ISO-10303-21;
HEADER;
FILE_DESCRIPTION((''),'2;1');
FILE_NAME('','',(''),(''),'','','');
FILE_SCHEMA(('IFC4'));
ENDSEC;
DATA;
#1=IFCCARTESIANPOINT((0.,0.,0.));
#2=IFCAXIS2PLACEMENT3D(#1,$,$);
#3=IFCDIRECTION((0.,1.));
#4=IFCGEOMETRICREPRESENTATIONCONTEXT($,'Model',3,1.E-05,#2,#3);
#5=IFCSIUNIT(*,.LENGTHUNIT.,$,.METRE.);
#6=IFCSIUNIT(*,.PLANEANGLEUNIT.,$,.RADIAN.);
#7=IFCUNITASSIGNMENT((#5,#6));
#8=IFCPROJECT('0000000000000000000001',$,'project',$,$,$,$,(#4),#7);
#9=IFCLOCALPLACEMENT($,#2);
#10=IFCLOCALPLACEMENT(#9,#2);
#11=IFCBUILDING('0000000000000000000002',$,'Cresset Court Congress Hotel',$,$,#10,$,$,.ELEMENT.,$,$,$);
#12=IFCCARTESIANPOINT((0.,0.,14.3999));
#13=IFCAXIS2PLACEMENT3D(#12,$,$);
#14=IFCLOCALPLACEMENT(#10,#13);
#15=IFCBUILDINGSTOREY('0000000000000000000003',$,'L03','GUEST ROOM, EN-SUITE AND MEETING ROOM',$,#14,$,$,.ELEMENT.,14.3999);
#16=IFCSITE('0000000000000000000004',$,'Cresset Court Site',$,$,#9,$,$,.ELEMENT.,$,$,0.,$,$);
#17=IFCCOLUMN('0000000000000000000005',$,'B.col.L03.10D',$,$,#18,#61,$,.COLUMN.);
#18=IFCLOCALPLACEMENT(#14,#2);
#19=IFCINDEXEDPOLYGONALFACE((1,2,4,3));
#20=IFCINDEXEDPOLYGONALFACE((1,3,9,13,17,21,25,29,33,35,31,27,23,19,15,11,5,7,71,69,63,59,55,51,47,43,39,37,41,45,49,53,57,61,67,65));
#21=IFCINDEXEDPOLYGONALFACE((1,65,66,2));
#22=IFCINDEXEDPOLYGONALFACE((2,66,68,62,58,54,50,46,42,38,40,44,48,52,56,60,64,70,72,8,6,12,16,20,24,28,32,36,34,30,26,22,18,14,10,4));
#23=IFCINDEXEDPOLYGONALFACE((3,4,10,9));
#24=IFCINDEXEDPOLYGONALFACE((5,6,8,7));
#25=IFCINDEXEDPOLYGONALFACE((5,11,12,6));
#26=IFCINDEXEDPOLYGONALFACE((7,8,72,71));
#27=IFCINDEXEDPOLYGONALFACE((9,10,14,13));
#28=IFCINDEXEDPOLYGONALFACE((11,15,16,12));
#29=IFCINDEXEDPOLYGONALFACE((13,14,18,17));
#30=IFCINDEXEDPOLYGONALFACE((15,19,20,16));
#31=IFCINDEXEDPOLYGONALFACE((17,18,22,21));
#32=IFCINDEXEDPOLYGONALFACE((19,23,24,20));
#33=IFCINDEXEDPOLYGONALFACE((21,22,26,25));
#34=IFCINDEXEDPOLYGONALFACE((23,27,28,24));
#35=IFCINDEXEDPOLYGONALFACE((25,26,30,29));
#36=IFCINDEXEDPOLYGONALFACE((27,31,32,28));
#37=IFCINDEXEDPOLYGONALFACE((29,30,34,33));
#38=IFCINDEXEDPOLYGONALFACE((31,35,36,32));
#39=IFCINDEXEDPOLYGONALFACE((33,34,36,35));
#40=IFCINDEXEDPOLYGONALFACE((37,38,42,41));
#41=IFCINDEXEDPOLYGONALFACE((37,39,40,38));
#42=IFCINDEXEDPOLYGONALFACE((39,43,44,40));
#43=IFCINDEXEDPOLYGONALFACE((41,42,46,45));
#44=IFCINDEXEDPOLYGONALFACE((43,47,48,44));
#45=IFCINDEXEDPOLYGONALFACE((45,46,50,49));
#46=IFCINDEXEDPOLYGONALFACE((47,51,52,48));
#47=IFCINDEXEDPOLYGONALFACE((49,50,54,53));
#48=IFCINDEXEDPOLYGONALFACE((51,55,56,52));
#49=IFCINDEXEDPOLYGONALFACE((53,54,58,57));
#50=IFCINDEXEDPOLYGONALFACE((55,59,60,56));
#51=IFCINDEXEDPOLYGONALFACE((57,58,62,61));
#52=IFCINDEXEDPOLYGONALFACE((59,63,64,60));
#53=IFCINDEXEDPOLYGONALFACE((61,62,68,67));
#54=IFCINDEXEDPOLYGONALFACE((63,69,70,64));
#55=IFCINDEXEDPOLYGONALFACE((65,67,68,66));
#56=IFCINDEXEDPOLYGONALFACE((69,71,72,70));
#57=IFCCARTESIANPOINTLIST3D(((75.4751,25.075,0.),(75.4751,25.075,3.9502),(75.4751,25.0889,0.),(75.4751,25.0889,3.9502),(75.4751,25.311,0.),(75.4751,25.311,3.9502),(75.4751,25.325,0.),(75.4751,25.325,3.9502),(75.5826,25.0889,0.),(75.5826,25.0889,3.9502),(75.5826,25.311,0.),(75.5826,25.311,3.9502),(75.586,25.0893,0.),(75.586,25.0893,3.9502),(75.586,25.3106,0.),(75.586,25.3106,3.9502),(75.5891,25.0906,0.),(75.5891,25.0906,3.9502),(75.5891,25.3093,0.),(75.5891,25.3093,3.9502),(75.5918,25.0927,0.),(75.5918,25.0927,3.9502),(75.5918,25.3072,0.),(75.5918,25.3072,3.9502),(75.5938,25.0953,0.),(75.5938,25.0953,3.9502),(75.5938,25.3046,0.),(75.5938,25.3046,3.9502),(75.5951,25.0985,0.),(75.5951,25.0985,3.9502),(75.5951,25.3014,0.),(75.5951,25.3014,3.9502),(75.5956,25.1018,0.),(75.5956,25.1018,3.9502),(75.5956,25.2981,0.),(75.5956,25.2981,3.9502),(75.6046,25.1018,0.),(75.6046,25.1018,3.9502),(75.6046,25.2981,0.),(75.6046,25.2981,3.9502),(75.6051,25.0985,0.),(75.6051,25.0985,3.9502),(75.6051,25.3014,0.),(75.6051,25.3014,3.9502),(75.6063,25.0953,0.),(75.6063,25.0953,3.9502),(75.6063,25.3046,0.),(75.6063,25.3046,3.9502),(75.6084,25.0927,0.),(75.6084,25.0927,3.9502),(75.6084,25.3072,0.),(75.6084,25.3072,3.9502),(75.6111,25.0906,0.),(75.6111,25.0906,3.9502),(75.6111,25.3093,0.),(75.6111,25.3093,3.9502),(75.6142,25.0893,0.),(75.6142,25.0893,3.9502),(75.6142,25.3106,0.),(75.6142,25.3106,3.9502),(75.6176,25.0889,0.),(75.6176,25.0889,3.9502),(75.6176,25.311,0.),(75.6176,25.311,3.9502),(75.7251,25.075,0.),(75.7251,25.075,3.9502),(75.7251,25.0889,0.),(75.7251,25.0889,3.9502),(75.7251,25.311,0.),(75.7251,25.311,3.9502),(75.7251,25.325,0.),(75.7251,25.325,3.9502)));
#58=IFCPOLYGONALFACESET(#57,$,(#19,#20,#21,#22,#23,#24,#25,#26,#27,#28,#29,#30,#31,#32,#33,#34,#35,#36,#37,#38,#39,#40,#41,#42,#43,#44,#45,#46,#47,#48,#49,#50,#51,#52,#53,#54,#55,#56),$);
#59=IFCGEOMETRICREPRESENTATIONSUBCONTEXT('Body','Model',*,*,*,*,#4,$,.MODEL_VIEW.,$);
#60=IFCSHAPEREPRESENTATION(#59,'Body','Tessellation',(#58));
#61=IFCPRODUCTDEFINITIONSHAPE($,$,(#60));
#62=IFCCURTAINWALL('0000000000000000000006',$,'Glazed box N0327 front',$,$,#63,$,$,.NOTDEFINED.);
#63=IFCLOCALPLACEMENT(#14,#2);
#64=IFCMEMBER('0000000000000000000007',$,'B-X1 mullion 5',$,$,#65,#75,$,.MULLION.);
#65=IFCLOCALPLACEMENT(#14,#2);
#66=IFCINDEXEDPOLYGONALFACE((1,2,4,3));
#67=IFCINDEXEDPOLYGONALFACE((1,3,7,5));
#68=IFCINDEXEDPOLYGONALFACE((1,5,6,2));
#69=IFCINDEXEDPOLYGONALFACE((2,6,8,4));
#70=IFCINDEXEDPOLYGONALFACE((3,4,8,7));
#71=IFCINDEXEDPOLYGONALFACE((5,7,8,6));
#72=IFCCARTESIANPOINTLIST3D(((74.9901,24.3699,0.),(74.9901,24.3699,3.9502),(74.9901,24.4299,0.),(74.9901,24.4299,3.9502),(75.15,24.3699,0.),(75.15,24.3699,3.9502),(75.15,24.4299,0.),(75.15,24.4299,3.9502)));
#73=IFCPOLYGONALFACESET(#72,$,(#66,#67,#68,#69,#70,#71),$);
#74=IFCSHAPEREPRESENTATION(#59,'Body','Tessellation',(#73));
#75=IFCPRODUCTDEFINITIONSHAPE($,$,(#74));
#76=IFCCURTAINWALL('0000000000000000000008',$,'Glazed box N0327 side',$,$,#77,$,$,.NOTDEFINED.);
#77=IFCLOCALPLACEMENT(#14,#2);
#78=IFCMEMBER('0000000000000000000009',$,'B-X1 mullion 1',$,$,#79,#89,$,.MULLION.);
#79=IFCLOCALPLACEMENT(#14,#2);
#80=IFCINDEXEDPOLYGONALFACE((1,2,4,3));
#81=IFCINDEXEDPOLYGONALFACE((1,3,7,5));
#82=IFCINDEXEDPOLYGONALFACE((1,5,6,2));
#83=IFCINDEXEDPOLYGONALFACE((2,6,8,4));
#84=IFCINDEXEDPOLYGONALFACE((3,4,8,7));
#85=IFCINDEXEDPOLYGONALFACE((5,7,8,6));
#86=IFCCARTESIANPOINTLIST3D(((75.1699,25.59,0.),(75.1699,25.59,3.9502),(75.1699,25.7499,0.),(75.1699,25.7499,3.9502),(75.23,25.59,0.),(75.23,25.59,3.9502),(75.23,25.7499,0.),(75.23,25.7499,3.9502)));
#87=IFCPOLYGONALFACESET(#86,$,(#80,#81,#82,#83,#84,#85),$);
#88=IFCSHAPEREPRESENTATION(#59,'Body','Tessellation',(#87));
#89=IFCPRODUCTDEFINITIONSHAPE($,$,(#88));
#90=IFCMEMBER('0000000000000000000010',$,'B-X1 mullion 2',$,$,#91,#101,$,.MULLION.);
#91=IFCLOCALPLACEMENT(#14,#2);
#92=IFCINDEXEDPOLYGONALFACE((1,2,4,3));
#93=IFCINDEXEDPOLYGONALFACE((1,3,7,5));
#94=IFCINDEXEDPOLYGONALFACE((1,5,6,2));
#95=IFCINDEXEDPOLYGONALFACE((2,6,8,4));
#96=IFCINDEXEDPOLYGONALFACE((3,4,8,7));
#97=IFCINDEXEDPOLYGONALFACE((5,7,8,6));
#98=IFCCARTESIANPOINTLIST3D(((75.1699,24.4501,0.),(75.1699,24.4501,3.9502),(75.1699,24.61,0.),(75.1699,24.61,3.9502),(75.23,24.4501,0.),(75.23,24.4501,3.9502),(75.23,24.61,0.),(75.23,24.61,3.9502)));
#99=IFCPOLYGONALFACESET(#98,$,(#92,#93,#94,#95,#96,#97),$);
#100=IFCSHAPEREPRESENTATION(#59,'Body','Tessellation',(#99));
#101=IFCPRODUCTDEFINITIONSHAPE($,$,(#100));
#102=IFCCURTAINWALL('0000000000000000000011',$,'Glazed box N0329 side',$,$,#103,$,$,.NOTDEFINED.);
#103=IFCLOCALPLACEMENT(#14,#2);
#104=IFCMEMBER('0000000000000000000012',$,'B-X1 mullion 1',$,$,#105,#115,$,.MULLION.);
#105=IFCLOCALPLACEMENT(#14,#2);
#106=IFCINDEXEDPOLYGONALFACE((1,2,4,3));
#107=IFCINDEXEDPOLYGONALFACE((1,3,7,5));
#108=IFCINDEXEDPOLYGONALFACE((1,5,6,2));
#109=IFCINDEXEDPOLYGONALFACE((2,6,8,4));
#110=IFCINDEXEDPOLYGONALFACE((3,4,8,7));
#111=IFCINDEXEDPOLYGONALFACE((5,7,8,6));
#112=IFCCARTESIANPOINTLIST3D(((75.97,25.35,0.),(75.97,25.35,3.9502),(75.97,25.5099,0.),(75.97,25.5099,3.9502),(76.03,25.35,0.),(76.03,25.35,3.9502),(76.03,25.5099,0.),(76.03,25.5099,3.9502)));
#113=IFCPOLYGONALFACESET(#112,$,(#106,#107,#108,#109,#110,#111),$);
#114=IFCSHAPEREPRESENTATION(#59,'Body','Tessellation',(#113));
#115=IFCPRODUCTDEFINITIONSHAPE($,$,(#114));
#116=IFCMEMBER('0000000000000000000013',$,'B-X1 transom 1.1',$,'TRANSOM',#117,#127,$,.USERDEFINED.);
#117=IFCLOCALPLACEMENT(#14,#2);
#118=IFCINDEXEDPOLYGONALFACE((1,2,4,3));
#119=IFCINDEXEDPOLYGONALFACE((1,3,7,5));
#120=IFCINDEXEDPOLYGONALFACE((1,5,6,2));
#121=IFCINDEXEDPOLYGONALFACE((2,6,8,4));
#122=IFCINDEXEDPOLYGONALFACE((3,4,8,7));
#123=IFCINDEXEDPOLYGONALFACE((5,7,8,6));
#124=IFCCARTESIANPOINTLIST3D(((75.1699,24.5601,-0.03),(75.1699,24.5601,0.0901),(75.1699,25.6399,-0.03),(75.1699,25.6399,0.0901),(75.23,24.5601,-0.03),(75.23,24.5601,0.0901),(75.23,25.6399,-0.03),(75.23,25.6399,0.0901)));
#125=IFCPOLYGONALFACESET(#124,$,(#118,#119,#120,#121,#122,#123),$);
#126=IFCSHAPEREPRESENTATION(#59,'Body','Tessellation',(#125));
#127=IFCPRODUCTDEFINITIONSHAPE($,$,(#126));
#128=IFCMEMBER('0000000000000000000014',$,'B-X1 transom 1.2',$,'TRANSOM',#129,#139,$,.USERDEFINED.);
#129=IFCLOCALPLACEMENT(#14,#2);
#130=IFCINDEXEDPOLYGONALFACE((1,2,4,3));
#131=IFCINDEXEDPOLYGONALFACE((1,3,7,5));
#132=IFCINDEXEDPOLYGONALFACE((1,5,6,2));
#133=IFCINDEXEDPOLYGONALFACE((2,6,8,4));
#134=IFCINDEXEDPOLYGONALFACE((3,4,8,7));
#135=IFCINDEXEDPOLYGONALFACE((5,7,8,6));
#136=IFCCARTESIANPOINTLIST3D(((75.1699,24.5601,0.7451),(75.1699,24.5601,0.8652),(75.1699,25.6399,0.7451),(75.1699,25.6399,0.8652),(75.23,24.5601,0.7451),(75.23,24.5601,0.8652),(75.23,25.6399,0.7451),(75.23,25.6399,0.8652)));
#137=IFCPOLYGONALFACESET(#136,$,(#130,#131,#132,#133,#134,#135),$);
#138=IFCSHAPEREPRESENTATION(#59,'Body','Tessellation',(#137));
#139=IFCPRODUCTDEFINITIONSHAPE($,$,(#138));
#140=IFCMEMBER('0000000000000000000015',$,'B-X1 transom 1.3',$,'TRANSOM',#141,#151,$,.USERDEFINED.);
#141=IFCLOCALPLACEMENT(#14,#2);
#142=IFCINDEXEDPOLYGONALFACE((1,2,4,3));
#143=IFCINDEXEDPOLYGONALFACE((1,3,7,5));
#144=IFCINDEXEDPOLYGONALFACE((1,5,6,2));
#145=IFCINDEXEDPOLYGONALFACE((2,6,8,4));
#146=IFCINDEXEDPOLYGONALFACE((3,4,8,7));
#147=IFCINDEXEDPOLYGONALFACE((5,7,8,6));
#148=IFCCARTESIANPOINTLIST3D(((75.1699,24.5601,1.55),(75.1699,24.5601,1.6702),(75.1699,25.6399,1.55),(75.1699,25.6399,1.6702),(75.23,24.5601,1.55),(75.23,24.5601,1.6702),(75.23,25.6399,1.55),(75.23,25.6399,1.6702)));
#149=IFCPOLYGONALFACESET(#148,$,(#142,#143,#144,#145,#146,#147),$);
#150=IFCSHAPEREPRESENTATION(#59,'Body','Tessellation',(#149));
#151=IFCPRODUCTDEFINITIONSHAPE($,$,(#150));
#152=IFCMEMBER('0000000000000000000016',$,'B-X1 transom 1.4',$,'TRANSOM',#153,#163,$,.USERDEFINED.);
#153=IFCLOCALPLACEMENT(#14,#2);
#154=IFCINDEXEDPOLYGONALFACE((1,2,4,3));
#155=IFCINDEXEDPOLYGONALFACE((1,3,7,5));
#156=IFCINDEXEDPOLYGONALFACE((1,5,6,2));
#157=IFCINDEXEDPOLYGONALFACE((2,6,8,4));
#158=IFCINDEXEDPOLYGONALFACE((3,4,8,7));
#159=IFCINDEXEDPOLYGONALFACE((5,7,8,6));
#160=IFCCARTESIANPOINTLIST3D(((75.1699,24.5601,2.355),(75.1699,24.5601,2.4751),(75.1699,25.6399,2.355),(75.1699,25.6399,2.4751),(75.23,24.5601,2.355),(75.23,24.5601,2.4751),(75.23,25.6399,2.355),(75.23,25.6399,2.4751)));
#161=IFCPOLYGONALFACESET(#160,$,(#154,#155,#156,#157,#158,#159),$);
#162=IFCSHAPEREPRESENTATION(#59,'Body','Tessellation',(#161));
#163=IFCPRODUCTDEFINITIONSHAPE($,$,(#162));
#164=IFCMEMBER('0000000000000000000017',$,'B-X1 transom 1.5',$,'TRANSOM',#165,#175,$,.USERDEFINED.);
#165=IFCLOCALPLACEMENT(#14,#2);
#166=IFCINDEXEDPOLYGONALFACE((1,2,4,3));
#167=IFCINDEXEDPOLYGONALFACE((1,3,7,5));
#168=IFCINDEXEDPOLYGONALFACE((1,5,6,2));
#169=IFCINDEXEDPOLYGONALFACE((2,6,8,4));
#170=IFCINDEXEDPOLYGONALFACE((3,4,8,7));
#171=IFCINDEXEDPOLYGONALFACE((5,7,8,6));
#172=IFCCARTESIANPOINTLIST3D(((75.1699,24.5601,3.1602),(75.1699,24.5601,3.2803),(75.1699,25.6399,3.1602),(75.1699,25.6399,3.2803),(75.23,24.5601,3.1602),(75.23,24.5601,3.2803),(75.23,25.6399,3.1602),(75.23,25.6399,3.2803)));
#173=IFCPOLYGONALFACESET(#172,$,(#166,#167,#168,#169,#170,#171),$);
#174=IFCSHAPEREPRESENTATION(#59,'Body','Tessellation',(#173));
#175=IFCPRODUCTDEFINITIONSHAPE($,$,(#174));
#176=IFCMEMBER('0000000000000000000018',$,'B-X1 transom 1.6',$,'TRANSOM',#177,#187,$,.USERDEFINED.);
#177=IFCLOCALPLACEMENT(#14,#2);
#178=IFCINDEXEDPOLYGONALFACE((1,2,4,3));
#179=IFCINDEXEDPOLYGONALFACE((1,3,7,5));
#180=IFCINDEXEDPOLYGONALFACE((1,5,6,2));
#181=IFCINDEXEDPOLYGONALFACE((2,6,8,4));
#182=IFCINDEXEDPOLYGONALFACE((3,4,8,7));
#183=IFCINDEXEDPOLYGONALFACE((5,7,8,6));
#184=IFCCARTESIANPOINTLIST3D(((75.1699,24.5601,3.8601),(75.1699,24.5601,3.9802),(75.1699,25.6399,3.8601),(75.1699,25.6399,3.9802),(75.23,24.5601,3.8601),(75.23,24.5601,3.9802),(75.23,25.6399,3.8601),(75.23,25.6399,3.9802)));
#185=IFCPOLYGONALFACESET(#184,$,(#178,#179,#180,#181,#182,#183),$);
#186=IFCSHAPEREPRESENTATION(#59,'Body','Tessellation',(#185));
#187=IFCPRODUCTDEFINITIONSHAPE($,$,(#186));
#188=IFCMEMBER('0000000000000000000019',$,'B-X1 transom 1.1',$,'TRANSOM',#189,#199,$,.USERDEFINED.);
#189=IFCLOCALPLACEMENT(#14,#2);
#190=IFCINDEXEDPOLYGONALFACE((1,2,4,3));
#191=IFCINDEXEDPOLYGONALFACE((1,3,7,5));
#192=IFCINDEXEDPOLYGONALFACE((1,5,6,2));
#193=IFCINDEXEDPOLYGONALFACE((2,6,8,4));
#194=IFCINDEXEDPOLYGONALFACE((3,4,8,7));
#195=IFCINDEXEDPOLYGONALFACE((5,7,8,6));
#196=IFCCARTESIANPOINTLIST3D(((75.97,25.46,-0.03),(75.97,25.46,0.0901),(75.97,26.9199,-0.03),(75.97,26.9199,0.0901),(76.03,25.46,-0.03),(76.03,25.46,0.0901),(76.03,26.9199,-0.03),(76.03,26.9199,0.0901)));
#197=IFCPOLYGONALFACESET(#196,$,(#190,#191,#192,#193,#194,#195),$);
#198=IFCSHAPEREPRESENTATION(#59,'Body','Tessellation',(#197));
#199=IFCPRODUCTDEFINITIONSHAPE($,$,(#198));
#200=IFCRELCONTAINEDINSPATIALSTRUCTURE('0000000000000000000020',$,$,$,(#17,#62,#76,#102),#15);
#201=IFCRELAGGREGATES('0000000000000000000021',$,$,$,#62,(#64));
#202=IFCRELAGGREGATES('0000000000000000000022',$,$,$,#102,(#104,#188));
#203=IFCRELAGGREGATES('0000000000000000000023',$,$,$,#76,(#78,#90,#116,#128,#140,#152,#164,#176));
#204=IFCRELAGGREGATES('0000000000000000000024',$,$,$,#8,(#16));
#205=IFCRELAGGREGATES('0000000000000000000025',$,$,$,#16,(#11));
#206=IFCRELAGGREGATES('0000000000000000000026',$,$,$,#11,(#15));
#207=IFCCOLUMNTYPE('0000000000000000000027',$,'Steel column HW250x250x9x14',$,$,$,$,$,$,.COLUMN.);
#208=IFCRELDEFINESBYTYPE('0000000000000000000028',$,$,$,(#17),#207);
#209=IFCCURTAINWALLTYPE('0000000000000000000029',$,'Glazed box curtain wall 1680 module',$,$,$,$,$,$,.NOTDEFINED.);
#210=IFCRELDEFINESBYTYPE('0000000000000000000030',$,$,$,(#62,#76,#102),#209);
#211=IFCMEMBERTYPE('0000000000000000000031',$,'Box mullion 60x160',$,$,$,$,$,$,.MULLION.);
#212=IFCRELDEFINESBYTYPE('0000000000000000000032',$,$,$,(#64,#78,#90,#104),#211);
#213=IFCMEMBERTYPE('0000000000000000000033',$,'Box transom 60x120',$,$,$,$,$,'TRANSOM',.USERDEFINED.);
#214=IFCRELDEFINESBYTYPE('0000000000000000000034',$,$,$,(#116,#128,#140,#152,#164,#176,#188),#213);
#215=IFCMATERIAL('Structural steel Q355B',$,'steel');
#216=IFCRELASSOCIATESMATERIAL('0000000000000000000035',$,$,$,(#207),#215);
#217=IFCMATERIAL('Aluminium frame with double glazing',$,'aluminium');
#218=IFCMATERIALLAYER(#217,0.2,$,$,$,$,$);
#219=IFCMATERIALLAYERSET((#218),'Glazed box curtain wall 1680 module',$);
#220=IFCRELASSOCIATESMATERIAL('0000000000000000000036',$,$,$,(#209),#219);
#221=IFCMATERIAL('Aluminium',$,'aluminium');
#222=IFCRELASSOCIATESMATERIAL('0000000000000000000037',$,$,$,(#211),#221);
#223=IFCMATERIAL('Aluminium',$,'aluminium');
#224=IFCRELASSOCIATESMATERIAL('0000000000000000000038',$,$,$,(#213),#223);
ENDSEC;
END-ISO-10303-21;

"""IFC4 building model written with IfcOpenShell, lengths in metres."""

from ifc_helpers import new_model, si_unit, direction, frame, origin, origin_2d, place, context, subcontext, project, spatial, rectangle, i_section, extrude, material, layer, layer_set, material_profile, profile_set, type_object, element, aggregate, save


model = new_model("IFC4")

# Units and contexts
model_context = context("Model", 3, precision=1e-05, world=origin(), true_north=direction((0.0, 1.0)))
body_context = subcontext(model_context, "Body", "Model", "MODEL_VIEW")
ifc_project = project(units=[si_unit("LENGTHUNIT", "METRE"), si_unit("PLANEANGLEUNIT", "RADIAN")], contexts=[model_context])

# Site, building, storey
site_placement = place(None, origin())
site = spatial("IfcSite", under=ifc_project, at=site_placement, Name="Cresset Court Site", CompositionType="ELEMENT", RefElevation=0.0)
building_placement = place(site_placement, origin())
building = spatial("IfcBuilding", under=site, at=building_placement, Name="Cresset Court Congress Hotel", CompositionType="ELEMENT")
storey_placement = place(building_placement, frame((0.0, 0.0, 14.3999)))
storey = spatial("IfcBuildingStorey", under=building, at=storey_placement, Name="L03", Description="GUEST ROOM, EN-SUITE AND MEETING ROOM", CompositionType="ELEMENT", Elevation=14.3999)

# Column
ifc_material_1 = material(Name="Structural steel Q355B", Category="steel")
ifc_material_profile_1 = material_profile(ifc_material_1, i_section(OverallWidth=0.25, OverallDepth=0.25, WebThickness=0.009, FlangeThickness=0.0139, FilletRadius=0.0129, at=origin_2d()), Name="HW250x250x9x14")
ifc_profile_set_1 = profile_set([ifc_material_profile_1], Name="Structural steel Q355B")
column_type = type_object("IfcColumnType", Name="Steel column HW250x250x9x14", PredefinedType="COLUMN", material=ifc_profile_set_1)
column_placement = place(storey_placement, frame((75.6001, 25.2, 0.0), z_axis=(0.0, 0.0, 1.0), x_axis=(1.0, 0.0, 0.0)))
element("IfcColumn", 1, at=column_placement, inside=storey, type_object=column_type, Name="B.col.L03.10D", PredefinedType="COLUMN", context=body_context, shape_type="SweptSolid", body=[
    extrude(i_section(OverallWidth=0.25, OverallDepth=0.25, WebThickness=0.009, FlangeThickness=0.0139, FilletRadius=0.0129, at=origin_2d()), origin(), (0.0, 0.0, 1.0), 3.9502),
])

# Curtain wall, member
ifc_material_2 = material(Name="Aluminium frame with double glazing", Category="aluminium")
ifc_layer_1 = layer(ifc_material_2, 0.2)
ifc_layer_set_1 = layer_set([ifc_layer_1], Name="Glazed box curtain wall 1680 module")
curtain_wall_type = type_object("IfcCurtainWallType", Name="Glazed box curtain wall 1680 module", PredefinedType="NOTDEFINED", material=ifc_layer_set_1)
curtain_wall_1_placement = place(storey_placement, origin())
curtain_wall_1 = element("IfcCurtainWall", 2, at=curtain_wall_1_placement, inside=storey, type_object=curtain_wall_type, Name="Glazed box N0327 front", PredefinedType="NOTDEFINED")
ifc_material_3 = material(Name="Aluminium", Category="aluminium")
ifc_material_profile_2 = material_profile(ifc_material_3, rectangle(XDim=0.0601, YDim=0.1599, at=origin_2d()), Name="Box mullion 60x160")
ifc_profile_set_2 = profile_set([ifc_material_profile_2], Name="Aluminium")
member_type_1 = type_object("IfcMemberType", Name="Box mullion 60x160", PredefinedType="MULLION", material=ifc_profile_set_2)
member_1_placement = place(storey_placement, frame((75.0701, 24.3999, 0.0), z_axis=(0.0, 0.0, 1.0), x_axis=(0.0, 1.0, 0.0)))
member_1 = element("IfcMember", 3, at=member_1_placement, type_object=member_type_1, Name="B-X1 mullion 5", PredefinedType="MULLION", context=body_context, shape_type="SweptSolid", body=[
    extrude(rectangle(XDim=0.0601, YDim=0.1599, at=origin_2d()), origin(), (0.0, 0.0, 1.0), 3.9502),
])
aggregate(curtain_wall_1, [member_1])

# Curtain wall, members
curtain_wall_2_placement = place(storey_placement, origin())
curtain_wall_2 = element("IfcCurtainWall", 4, at=curtain_wall_2_placement, inside=storey, type_object=curtain_wall_type, Name="Glazed box N0327 side", PredefinedType="NOTDEFINED")
member_2_placement = place(storey_placement, frame((75.2, 25.6699, 0.0), z_axis=(0.0, 0.0, 1.0), x_axis=(1.0, 0.0, 0.0)))
member_2 = element("IfcMember", 5, at=member_2_placement, type_object=member_type_1, Name="B-X1 mullion 1", PredefinedType="MULLION", context=body_context, shape_type="SweptSolid", body=[
    extrude(rectangle(XDim=0.0601, YDim=0.1599, at=origin_2d()), origin(), (0.0, 0.0, 1.0), 3.9502),
])
member_3_placement = place(storey_placement, frame((75.2, 24.53, 0.0), z_axis=(0.0, 0.0, 1.0), x_axis=(1.0, 0.0, 0.0)))
member_3 = element("IfcMember", 6, at=member_3_placement, type_object=member_type_1, Name="B-X1 mullion 2", PredefinedType="MULLION", context=body_context, shape_type="SweptSolid", body=[
    extrude(rectangle(XDim=0.0601, YDim=0.1599, at=origin_2d()), origin(), (0.0, 0.0, 1.0), 3.9502),
])

# Curtain wall, member
curtain_wall_3_placement = place(storey_placement, origin())
curtain_wall_3 = element("IfcCurtainWall", 7, at=curtain_wall_3_placement, inside=storey, type_object=curtain_wall_type, Name="Glazed box N0329 side", PredefinedType="NOTDEFINED")
member_4_placement = place(storey_placement, frame((76.0, 25.4299, 0.0), z_axis=(0.0, 0.0, 1.0), x_axis=(-1.0, 0.0, 0.0)))
member_4 = element("IfcMember", 8, at=member_4_placement, type_object=member_type_1, Name="B-X1 mullion 1", PredefinedType="MULLION", context=body_context, shape_type="SweptSolid", body=[
    extrude(rectangle(XDim=0.0601, YDim=0.1599, at=origin_2d()), origin(), (0.0, 0.0, 1.0), 3.9502),
])

# Members
ifc_material_4 = material(Name="Aluminium", Category="aluminium")
ifc_material_profile_3 = material_profile(ifc_material_4, rectangle(XDim=0.0601, YDim=0.1201, at=origin_2d()), Name="Box transom 60x120")
ifc_profile_set_3 = profile_set([ifc_material_profile_3], Name="Aluminium")
member_type_2 = type_object("IfcMemberType", Name="Box transom 60x120", ElementType="TRANSOM", PredefinedType="USERDEFINED", material=ifc_profile_set_3)
member_5_placement = place(storey_placement, frame((75.2, 25.6399, 0.03), z_axis=(0.0, -1.0, 0.0), x_axis=(1.0, 0.0, 0.0)))
member_5 = element("IfcMember", 9, at=member_5_placement, type_object=member_type_2, Name="B-X1 transom 1.1", ObjectType="TRANSOM", PredefinedType="USERDEFINED", context=body_context, shape_type="SweptSolid", body=[
    extrude(rectangle(XDim=0.0601, YDim=0.1201, at=origin_2d()), origin(), (0.0, 0.0, 1.0), 1.0798),
])
member_6_placement = place(storey_placement, frame((75.2, 25.6399, 0.8052), z_axis=(0.0, -1.0, 0.0), x_axis=(1.0, 0.0, 0.0)))
member_6 = element("IfcMember", 10, at=member_6_placement, type_object=member_type_2, Name="B-X1 transom 1.2", ObjectType="TRANSOM", PredefinedType="USERDEFINED", context=body_context, shape_type="SweptSolid", body=[
    extrude(rectangle(XDim=0.0601, YDim=0.1201, at=origin_2d()), origin(), (0.0, 0.0, 1.0), 1.0798),
])
member_7_placement = place(storey_placement, frame((75.2, 25.6399, 1.6101), z_axis=(0.0, -1.0, 0.0), x_axis=(1.0, 0.0, 0.0)))
member_7 = element("IfcMember", 11, at=member_7_placement, type_object=member_type_2, Name="B-X1 transom 1.3", ObjectType="TRANSOM", PredefinedType="USERDEFINED", context=body_context, shape_type="SweptSolid", body=[
    extrude(rectangle(XDim=0.0601, YDim=0.1201, at=origin_2d()), origin(), (0.0, 0.0, 1.0), 1.0798),
])
member_8_placement = place(storey_placement, frame((75.2, 25.6399, 2.415), z_axis=(0.0, -1.0, 0.0), x_axis=(1.0, 0.0, 0.0)))
member_8 = element("IfcMember", 12, at=member_8_placement, type_object=member_type_2, Name="B-X1 transom 1.4", ObjectType="TRANSOM", PredefinedType="USERDEFINED", context=body_context, shape_type="SweptSolid", body=[
    extrude(rectangle(XDim=0.0601, YDim=0.1201, at=origin_2d()), origin(), (0.0, 0.0, 1.0), 1.0798),
])
member_9_placement = place(storey_placement, frame((75.2, 25.6399, 3.2202), z_axis=(0.0, -1.0, 0.0), x_axis=(1.0, 0.0, 0.0)))
member_9 = element("IfcMember", 13, at=member_9_placement, type_object=member_type_2, Name="B-X1 transom 1.5", ObjectType="TRANSOM", PredefinedType="USERDEFINED", context=body_context, shape_type="SweptSolid", body=[
    extrude(rectangle(XDim=0.0601, YDim=0.1201, at=origin_2d()), origin(), (0.0, 0.0, 1.0), 1.0798),
])
member_10_placement = place(storey_placement, frame((75.2, 25.6399, 3.9202), z_axis=(0.0, -1.0, 0.0), x_axis=(1.0, 0.0, 0.0)))
member_10 = element("IfcMember", 14, at=member_10_placement, type_object=member_type_2, Name="B-X1 transom 1.6", ObjectType="TRANSOM", PredefinedType="USERDEFINED", context=body_context, shape_type="SweptSolid", body=[
    extrude(rectangle(XDim=0.0601, YDim=0.1201, at=origin_2d()), origin(), (0.0, 0.0, 1.0), 1.0798),
])
member_11_placement = place(storey_placement, frame((76.0, 25.46, 0.03), z_axis=(0.0, 1.0, 0.0), x_axis=(-1.0, 0.0, 0.0)))
member_11 = element("IfcMember", 15, at=member_11_placement, type_object=member_type_2, Name="B-X1 transom 1.1", ObjectType="TRANSOM", PredefinedType="USERDEFINED", context=body_context, shape_type="SweptSolid", body=[
    extrude(rectangle(XDim=0.0601, YDim=0.1201, at=origin_2d()), origin(), (0.0, 0.0, 1.0), 1.46),
])
aggregate(curtain_wall_3, [member_4, member_11])

aggregate(curtain_wall_2, [member_2, member_3, member_5, member_6, member_7, member_8, member_9, member_10])

save(model, "model.ifc")
